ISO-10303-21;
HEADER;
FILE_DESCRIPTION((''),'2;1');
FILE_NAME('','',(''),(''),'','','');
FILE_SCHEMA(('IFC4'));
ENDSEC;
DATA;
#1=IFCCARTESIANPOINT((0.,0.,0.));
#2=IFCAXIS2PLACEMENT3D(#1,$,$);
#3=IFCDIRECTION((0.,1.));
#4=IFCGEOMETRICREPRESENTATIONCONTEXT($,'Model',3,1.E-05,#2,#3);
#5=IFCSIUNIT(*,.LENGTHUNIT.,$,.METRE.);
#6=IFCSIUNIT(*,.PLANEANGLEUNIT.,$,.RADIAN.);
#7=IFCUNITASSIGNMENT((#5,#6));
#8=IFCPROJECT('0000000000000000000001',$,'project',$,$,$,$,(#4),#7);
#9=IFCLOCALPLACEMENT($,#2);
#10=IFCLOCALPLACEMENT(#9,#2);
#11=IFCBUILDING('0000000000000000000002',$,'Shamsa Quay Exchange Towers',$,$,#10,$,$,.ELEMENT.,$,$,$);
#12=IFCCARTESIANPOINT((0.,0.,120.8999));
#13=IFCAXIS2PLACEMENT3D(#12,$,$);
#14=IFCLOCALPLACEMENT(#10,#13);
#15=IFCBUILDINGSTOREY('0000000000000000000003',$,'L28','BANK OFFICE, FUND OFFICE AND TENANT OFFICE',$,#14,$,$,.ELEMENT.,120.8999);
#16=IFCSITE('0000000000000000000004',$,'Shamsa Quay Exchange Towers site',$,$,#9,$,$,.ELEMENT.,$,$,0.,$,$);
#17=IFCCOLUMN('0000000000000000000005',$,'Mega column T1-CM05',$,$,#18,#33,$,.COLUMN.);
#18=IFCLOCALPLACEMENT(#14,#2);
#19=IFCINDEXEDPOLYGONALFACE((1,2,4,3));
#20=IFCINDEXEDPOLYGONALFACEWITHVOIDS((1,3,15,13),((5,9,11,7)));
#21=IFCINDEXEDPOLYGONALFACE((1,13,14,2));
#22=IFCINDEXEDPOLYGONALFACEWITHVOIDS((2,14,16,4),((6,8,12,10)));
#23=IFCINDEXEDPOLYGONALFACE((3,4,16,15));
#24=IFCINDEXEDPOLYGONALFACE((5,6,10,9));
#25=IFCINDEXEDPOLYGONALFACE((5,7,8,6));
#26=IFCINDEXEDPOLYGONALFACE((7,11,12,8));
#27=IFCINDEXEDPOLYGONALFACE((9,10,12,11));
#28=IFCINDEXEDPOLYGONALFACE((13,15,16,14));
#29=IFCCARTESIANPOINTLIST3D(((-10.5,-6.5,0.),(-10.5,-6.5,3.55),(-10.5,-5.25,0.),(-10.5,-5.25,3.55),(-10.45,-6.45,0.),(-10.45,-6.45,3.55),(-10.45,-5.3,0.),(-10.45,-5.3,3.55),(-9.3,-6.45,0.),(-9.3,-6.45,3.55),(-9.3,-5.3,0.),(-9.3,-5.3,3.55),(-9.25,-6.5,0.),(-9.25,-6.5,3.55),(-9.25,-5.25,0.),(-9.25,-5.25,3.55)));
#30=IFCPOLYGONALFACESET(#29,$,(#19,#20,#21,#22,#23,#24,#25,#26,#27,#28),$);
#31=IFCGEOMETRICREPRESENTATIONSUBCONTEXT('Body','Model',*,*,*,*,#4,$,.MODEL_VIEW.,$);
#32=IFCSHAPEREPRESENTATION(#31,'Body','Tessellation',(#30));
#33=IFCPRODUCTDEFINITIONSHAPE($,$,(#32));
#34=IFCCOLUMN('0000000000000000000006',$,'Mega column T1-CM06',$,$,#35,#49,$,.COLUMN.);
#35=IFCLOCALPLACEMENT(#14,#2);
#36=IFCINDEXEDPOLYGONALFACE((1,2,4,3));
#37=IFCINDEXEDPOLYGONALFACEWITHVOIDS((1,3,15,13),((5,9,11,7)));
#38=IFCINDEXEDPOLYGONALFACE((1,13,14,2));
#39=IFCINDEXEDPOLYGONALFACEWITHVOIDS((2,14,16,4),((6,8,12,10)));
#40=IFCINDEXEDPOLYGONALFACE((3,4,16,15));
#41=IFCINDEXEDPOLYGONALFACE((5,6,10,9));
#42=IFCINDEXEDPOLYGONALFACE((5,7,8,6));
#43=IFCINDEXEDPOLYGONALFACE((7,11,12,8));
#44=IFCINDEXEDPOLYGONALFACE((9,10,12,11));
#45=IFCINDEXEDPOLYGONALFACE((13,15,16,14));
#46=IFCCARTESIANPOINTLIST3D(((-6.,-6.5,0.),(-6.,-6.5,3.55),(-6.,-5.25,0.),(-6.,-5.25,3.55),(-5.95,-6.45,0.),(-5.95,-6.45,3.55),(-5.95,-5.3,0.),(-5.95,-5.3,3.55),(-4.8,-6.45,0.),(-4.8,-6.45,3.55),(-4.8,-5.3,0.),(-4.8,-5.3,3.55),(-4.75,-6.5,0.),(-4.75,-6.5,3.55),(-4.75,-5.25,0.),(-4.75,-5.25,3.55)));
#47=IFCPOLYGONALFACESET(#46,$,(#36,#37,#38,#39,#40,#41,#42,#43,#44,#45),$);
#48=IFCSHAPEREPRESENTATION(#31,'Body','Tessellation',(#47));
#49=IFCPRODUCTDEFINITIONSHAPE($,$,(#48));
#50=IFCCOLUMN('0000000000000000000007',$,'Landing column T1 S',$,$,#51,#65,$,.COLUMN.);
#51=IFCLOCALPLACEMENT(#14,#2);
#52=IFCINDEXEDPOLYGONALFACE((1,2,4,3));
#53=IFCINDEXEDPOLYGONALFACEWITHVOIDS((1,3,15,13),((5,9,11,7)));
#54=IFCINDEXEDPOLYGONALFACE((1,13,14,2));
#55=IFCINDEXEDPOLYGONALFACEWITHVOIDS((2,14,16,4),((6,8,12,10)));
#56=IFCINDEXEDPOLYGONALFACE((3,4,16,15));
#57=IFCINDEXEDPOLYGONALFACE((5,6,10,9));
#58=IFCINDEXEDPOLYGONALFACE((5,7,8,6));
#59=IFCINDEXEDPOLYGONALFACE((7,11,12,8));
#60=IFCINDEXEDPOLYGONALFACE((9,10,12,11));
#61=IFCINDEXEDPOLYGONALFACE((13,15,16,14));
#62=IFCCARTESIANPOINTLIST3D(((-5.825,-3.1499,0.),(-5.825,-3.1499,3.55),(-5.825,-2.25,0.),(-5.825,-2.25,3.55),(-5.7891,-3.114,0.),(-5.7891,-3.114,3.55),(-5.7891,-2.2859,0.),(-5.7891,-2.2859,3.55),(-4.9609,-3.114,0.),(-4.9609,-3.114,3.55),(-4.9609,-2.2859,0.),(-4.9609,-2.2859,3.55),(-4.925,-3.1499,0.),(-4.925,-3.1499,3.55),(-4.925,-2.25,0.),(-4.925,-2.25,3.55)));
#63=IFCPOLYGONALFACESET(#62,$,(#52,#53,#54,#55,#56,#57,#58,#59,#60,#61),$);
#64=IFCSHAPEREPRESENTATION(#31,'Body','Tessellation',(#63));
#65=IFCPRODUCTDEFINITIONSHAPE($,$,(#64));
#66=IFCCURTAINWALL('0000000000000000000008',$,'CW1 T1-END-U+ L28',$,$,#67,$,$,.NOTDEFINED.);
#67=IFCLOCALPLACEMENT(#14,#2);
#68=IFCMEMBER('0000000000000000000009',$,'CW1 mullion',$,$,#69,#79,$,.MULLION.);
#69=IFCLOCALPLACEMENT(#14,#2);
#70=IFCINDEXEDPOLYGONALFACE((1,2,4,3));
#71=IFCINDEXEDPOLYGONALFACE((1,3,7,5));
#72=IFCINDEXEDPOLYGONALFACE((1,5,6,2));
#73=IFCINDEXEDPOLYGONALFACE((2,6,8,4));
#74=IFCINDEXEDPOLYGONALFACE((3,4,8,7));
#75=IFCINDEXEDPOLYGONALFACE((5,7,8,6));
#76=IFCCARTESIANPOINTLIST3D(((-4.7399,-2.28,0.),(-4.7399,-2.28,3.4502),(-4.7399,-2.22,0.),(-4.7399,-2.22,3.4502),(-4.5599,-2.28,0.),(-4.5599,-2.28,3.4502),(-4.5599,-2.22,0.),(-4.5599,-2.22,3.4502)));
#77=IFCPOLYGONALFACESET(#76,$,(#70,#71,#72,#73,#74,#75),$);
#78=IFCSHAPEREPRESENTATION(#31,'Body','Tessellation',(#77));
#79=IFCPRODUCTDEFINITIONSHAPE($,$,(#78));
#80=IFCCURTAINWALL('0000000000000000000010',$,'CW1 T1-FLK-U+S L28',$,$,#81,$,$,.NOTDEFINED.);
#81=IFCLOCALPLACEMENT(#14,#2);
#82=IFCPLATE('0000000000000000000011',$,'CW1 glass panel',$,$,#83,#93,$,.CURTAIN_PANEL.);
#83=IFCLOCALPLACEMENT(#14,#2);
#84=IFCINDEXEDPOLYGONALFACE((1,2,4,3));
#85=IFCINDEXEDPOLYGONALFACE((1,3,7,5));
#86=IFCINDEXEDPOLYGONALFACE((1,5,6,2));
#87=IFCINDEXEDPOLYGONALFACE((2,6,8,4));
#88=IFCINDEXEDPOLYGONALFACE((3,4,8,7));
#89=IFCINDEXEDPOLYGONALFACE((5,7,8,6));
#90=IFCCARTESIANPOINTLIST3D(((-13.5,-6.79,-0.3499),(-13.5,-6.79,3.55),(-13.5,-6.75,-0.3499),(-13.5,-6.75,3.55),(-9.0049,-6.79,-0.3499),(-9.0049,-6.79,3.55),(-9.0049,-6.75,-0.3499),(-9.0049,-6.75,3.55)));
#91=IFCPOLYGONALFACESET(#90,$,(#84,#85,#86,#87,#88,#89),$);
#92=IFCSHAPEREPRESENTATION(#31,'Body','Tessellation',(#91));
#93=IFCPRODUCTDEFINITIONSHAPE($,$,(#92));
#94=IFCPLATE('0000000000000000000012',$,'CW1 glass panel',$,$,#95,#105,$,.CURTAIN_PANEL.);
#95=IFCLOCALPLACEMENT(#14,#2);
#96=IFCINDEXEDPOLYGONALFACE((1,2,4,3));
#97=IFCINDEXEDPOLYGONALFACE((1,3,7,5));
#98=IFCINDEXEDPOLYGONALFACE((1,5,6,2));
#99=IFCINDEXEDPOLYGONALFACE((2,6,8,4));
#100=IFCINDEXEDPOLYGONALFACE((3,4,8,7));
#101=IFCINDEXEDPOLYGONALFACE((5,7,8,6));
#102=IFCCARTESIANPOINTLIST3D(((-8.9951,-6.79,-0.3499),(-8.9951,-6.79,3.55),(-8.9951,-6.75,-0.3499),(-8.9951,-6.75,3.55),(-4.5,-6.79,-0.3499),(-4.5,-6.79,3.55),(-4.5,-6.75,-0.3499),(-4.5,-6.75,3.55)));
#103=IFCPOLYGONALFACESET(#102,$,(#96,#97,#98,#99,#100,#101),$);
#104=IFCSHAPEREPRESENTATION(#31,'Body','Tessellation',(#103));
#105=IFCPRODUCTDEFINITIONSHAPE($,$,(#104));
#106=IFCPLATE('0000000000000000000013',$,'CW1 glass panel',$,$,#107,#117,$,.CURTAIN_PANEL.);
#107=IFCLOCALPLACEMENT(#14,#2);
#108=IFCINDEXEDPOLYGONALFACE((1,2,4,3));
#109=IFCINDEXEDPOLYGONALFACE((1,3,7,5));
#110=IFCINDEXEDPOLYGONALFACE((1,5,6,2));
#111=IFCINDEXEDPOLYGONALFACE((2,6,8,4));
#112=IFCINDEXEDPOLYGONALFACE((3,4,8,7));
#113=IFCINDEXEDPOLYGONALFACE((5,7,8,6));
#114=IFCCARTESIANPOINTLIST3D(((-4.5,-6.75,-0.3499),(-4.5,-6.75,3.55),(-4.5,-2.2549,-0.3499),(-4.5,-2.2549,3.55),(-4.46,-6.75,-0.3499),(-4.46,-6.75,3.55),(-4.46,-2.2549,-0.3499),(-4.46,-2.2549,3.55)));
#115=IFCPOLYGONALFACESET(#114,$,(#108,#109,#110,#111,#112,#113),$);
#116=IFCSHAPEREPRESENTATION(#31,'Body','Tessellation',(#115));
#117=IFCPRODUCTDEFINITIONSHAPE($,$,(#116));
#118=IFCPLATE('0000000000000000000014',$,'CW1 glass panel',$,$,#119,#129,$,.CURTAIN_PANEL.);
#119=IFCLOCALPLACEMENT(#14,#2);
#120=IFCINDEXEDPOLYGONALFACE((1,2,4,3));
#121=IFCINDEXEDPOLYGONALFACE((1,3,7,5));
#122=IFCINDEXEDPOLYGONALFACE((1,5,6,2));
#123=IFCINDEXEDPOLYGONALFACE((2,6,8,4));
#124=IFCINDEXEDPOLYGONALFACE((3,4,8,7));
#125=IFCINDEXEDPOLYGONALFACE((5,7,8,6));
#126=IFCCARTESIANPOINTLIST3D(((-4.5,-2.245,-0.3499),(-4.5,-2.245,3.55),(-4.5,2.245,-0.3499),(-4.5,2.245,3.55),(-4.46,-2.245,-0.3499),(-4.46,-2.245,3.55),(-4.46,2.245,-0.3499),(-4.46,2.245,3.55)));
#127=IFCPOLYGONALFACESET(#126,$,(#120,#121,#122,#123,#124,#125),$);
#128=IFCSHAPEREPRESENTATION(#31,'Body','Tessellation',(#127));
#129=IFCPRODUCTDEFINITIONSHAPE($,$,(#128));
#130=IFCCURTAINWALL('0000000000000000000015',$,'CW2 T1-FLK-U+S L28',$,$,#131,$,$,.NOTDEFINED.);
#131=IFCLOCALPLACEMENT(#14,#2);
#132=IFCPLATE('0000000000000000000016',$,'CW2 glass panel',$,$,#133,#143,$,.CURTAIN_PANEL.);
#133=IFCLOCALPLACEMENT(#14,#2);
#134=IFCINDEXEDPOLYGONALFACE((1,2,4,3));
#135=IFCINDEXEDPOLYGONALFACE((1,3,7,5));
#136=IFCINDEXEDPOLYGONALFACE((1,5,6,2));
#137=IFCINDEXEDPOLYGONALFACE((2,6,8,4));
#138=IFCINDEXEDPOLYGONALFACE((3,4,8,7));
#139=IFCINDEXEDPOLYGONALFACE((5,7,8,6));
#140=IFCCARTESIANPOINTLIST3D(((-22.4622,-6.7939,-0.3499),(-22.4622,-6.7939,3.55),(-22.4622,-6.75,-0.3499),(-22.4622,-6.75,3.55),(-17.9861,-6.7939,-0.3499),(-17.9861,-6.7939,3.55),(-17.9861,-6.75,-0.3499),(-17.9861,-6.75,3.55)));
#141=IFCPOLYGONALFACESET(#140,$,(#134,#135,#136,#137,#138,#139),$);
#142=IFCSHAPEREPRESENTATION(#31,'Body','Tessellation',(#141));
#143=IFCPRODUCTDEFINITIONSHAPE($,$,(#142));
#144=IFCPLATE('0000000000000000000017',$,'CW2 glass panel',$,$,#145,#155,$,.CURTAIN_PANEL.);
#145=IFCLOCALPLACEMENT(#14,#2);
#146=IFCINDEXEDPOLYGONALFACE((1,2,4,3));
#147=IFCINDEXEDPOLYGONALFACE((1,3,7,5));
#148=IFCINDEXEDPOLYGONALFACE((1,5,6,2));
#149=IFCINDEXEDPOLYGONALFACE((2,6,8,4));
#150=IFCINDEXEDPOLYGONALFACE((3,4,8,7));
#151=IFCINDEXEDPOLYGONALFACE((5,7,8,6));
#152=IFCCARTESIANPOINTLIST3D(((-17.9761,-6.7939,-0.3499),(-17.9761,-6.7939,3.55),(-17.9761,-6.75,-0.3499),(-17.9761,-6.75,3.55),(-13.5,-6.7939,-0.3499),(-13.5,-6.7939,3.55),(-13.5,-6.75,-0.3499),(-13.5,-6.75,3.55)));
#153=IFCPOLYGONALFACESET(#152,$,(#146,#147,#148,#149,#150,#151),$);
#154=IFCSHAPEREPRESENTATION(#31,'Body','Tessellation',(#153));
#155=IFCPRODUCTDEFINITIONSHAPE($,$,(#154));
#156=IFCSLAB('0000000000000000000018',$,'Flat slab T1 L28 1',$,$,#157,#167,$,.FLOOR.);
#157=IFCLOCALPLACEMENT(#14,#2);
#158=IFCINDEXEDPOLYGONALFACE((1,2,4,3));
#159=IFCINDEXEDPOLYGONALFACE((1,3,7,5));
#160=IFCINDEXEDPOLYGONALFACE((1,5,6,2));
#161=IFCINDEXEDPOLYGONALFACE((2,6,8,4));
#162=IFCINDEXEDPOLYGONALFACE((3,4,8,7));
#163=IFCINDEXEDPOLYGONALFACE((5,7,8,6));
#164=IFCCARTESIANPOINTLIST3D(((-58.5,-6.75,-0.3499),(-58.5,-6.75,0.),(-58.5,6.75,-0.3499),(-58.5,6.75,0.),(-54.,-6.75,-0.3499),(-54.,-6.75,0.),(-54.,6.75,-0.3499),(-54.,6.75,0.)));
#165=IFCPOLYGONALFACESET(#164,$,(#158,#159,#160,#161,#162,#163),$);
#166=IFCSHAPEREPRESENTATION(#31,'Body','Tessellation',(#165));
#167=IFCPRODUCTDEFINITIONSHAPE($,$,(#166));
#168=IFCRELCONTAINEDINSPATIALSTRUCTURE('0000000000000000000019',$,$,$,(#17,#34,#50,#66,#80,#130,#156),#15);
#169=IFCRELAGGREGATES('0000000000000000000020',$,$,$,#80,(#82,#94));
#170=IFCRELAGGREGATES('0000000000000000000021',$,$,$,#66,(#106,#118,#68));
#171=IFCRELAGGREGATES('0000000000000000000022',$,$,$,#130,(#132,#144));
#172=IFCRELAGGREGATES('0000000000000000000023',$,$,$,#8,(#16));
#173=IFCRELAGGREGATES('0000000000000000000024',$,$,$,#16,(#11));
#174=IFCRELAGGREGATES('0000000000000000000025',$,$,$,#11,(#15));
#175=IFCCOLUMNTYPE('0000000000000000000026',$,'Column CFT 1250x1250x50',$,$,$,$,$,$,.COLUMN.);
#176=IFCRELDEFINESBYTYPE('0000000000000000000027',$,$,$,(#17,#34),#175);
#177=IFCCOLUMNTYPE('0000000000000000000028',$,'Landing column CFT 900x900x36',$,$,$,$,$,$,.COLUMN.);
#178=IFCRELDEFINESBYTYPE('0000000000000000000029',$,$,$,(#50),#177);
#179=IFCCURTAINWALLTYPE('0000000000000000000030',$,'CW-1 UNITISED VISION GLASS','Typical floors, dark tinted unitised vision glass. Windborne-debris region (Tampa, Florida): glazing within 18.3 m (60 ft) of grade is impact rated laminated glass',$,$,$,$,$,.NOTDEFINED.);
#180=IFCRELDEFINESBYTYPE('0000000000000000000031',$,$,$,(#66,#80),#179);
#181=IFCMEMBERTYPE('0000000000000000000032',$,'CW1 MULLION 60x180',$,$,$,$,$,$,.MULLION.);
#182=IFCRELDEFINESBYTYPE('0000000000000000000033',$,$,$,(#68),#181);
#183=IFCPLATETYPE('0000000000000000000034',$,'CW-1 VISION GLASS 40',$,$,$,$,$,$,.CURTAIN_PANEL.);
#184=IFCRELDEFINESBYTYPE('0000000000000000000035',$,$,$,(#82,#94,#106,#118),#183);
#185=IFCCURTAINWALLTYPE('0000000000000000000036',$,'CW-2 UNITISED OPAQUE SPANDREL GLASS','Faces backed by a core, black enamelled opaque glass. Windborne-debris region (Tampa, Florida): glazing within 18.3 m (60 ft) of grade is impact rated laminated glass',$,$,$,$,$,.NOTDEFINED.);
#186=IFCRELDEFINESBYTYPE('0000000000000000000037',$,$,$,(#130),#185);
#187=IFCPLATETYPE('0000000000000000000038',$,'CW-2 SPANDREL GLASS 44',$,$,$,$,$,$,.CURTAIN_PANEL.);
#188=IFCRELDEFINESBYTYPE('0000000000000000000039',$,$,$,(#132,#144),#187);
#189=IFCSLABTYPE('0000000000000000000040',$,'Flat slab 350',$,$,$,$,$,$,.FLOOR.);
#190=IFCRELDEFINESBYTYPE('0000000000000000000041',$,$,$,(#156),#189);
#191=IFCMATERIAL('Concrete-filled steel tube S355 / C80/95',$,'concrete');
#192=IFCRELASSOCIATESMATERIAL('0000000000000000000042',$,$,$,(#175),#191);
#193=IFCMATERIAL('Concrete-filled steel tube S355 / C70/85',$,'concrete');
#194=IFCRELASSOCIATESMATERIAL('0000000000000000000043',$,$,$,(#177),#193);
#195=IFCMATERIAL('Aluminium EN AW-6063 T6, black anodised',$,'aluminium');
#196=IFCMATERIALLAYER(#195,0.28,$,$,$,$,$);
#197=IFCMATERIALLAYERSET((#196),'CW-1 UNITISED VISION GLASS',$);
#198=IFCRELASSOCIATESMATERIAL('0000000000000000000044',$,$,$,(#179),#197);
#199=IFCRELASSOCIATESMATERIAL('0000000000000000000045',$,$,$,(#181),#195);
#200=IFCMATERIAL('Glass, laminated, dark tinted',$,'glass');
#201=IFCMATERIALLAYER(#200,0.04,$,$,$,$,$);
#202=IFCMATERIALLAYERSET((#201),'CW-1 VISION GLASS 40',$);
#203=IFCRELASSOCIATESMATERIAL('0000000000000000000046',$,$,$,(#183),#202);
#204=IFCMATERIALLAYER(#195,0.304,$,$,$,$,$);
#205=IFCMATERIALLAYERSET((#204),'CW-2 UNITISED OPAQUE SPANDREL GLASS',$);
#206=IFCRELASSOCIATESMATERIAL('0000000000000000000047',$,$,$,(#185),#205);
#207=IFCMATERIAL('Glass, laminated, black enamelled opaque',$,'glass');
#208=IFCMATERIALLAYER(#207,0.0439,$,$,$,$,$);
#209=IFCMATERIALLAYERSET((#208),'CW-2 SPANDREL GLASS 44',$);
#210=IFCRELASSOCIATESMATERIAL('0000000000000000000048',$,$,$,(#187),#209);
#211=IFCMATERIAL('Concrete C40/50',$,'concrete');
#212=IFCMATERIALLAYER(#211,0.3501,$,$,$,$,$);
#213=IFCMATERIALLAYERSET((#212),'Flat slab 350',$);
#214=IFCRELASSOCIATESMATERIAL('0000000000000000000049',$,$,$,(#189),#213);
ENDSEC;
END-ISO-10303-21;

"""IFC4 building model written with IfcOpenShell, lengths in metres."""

from ifc_helpers import new_model, si_unit, direction, frame, origin, origin_2d, place, context, subcontext, project, spatial, polyline, rectangle, hollow_rectangle, outline, extrude, material, layer, layer_set, material_profile, profile_set, type_object, element, aggregate, save


model = new_model("IFC4")

# Units and contexts
model_context = context("Model", 3, precision=1e-05, world=origin(), true_north=direction((0.0, 1.0)))
body_context = subcontext(model_context, "Body", "Model", "MODEL_VIEW")
ifc_project = project(units=[si_unit("LENGTHUNIT", "METRE"), si_unit("PLANEANGLEUNIT", "RADIAN")], contexts=[model_context])

# Site, building, storey
site_placement = place(None, origin())
site = spatial("IfcSite", under=ifc_project, at=site_placement, Name="Shamsa Quay Exchange Towers site", CompositionType="ELEMENT", RefElevation=0.0)
building_placement = place(site_placement, origin())
building = spatial("IfcBuilding", under=site, at=building_placement, Name="Shamsa Quay Exchange Towers", CompositionType="ELEMENT")
storey_placement = place(building_placement, frame((0.0, 0.0, 120.8999)))
storey = spatial("IfcBuildingStorey", under=building, at=storey_placement, Name="L28", Description="BANK OFFICE, FUND OFFICE AND TENANT OFFICE", CompositionType="ELEMENT", Elevation=120.8999)

# Columns
ifc_material_1 = material(Name="Concrete-filled steel tube S355 / C80/95", Category="concrete")
ifc_material_profile_1 = material_profile(ifc_material_1, hollow_rectangle(XDim=1.25, YDim=1.25, WallThickness=0.05, at=origin_2d()), Name="CFT 1250x1250x50")
ifc_profile_set_1 = profile_set([ifc_material_profile_1], Name="Concrete-filled steel tube S355 / C80/95")
column_type_1 = type_object("IfcColumnType", Name="Column CFT 1250x1250x50", PredefinedType="COLUMN", material=ifc_profile_set_1)
for number, where, name in (
    (1, (-9.875, -5.875, 0.0), "Mega column T1-CM05"),
    (2, (-5.375, -5.875, 0.0), "Mega column T1-CM06"),
):
    element("IfcColumn", number, at=place(storey_placement, frame(where)), inside=storey, type_object=column_type_1, Name=name, PredefinedType="COLUMN", context=body_context, shape_type="SweptSolid", body=[
        extrude(hollow_rectangle(XDim=1.25, YDim=1.25, WallThickness=0.05, at=origin_2d()), origin(), (0.0, 0.0, 1.0), 3.55),
    ])
ifc_material_2 = material(Name="Concrete-filled steel tube S355 / C70/85", Category="concrete")
ifc_material_profile_2 = material_profile(ifc_material_2, hollow_rectangle(XDim=0.8999, YDim=0.8999, WallThickness=0.0359, at=origin_2d()), Name="CFT 900x900x36")
ifc_profile_set_2 = profile_set([ifc_material_profile_2], Name="Concrete-filled steel tube S355 / C70/85")
column_type_2 = type_object("IfcColumnType", Name="Landing column CFT 900x900x36", PredefinedType="COLUMN", material=ifc_profile_set_2)
column_placement = place(storey_placement, frame((-5.375, -2.7, 0.0)))
element("IfcColumn", 3, at=column_placement, inside=storey, type_object=column_type_2, Name="Landing column T1 S", PredefinedType="COLUMN", context=body_context, shape_type="SweptSolid", body=[
    extrude(hollow_rectangle(XDim=0.8999, YDim=0.8999, WallThickness=0.0359, at=origin_2d()), origin(), (0.0, 0.0, 1.0), 3.55),
])

# Curtain wall, member
ifc_material_3 = material(Name="Aluminium EN AW-6063 T6, black anodised", Category="aluminium")
ifc_layer_1 = layer(ifc_material_3, 0.28)
ifc_layer_set_1 = layer_set([ifc_layer_1], Name="CW-1 UNITISED VISION GLASS")
curtain_wall_type_1 = type_object("IfcCurtainWallType", Name="CW-1 UNITISED VISION GLASS", Description="Typical floors, dark tinted unitised vision glass. Windborne-debris region (Tampa, Florida): glazing within 18.3 m (60 ft) of grade is impact rated laminated glass", PredefinedType="NOTDEFINED", material=ifc_layer_set_1)
curtain_wall_1_placement = place(storey_placement, origin())
curtain_wall_1 = element("IfcCurtainWall", 4, at=curtain_wall_1_placement, inside=storey, type_object=curtain_wall_type_1, Name="CW1 T1-END-U+ L28", PredefinedType="NOTDEFINED")
ifc_material_profile_3 = material_profile(ifc_material_3, rectangle(XDim=0.1799, YDim=0.0601, at=origin_2d()), Name="MU60x180")
ifc_profile_set_3 = profile_set([ifc_material_profile_3], Name="Aluminium EN AW-6063 T6, black anodised")
member_type = type_object("IfcMemberType", Name="CW1 MULLION 60x180", PredefinedType="MULLION", material=ifc_profile_set_3)
member_placement = place(storey_placement, frame((-4.6499, -2.25, 0.0), z_axis=(0.0, 0.0, 1.0), x_axis=(-1.0, 0.0, 0.0)))
member = element("IfcMember", 5, at=member_placement, type_object=member_type, Name="CW1 mullion", PredefinedType="MULLION", context=body_context, shape_type="SweptSolid", body=[
    extrude(rectangle(XDim=0.1799, YDim=0.0601, at=origin_2d()), origin(), (0.0, 0.0, 1.0), 3.4502),
])

# Curtain wall, plates
curtain_wall_2_placement = place(storey_placement, origin())
curtain_wall_2 = element("IfcCurtainWall", 6, at=curtain_wall_2_placement, inside=storey, type_object=curtain_wall_type_1, Name="CW1 T1-FLK-U+S L28", PredefinedType="NOTDEFINED")
ifc_material_4 = material(Name="Glass, laminated, dark tinted", Category="glass")
ifc_layer_2 = layer(ifc_material_4, 0.04)
ifc_layer_set_2 = layer_set([ifc_layer_2], Name="CW-1 VISION GLASS 40")
plate_type_1 = type_object("IfcPlateType", Name="CW-1 VISION GLASS 40", PredefinedType="CURTAIN_PANEL", material=ifc_layer_set_2)
plate_1_placement = place(storey_placement, frame((-11.2524, -6.77, -0.3499)))
plate_1 = element("IfcPlate", 7, at=plate_1_placement, type_object=plate_type_1, Name="CW1 glass panel", PredefinedType="CURTAIN_PANEL", context=body_context, shape_type="SweptSolid", body=[
    extrude(rectangle(XDim=4.4951, YDim=0.04, at=origin_2d()), origin(), (0.0, 0.0, 1.0), 3.8999),
])
plate_2_placement = place(storey_placement, frame((-6.7476, -6.77, -0.3499)))
plate_2 = element("IfcPlate", 8, at=plate_2_placement, type_object=plate_type_1, Name="CW1 glass panel", PredefinedType="CURTAIN_PANEL", context=body_context, shape_type="SweptSolid", body=[
    extrude(rectangle(XDim=4.4951, YDim=0.04, at=origin_2d()), origin(), (0.0, 0.0, 1.0), 3.8999),
])
aggregate(curtain_wall_2, [plate_1, plate_2])

# Plates
plate_3_placement = place(storey_placement, frame((-4.48, -4.5024, -0.3499), z_axis=(0.0, 0.0, 1.0), x_axis=(0.0, 1.0, 0.0)))
plate_3 = element("IfcPlate", 9, at=plate_3_placement, type_object=plate_type_1, Name="CW1 glass panel", PredefinedType="CURTAIN_PANEL", context=body_context, shape_type="SweptSolid", body=[
    extrude(rectangle(XDim=4.4951, YDim=0.04, at=origin_2d()), origin(), (0.0, 0.0, 1.0), 3.8999),
])
plate_4_placement = place(storey_placement, frame((-4.48, 0.0, -0.3499), z_axis=(0.0, 0.0, 1.0), x_axis=(0.0, 1.0, 0.0)))
plate_4 = element("IfcPlate", 10, at=plate_4_placement, type_object=plate_type_1, Name="CW1 glass panel", PredefinedType="CURTAIN_PANEL", context=body_context, shape_type="SweptSolid", body=[
    extrude(rectangle(XDim=4.49, YDim=0.04, at=origin_2d()), origin(), (0.0, 0.0, 1.0), 3.8999),
])
aggregate(curtain_wall_1, [plate_3, plate_4, member])

# Curtain wall, plates
ifc_layer_3 = layer(ifc_material_3, 0.304)
ifc_layer_set_3 = layer_set([ifc_layer_3], Name="CW-2 UNITISED OPAQUE SPANDREL GLASS")
curtain_wall_type_2 = type_object("IfcCurtainWallType", Name="CW-2 UNITISED OPAQUE SPANDREL GLASS", Description="Faces backed by a core, black enamelled opaque glass. Windborne-debris region (Tampa, Florida): glazing within 18.3 m (60 ft) of grade is impact rated laminated glass", PredefinedType="NOTDEFINED", material=ifc_layer_set_3)
curtain_wall_3_placement = place(storey_placement, origin())
curtain_wall_3 = element("IfcCurtainWall", 11, at=curtain_wall_3_placement, inside=storey, type_object=curtain_wall_type_2, Name="CW2 T1-FLK-U+S L28", PredefinedType="NOTDEFINED")
ifc_material_5 = material(Name="Glass, laminated, black enamelled opaque", Category="glass")
ifc_layer_4 = layer(ifc_material_5, 0.0439)
ifc_layer_set_4 = layer_set([ifc_layer_4], Name="CW-2 SPANDREL GLASS 44")
plate_type_2 = type_object("IfcPlateType", Name="CW-2 SPANDREL GLASS 44", PredefinedType="CURTAIN_PANEL", material=ifc_layer_set_4)
plate_5_placement = place(storey_placement, frame((-20.2241, -6.772, -0.3499)))
plate_5 = element("IfcPlate", 12, at=plate_5_placement, type_object=plate_type_2, Name="CW2 glass panel", PredefinedType="CURTAIN_PANEL", context=body_context, shape_type="SweptSolid", body=[
    extrude(rectangle(XDim=4.4761, YDim=0.0439, at=origin_2d()), origin(), (0.0, 0.0, 1.0), 3.8999),
])
plate_6_placement = place(storey_placement, frame((-15.738, -6.772, -0.3499)))
plate_6 = element("IfcPlate", 13, at=plate_6_placement, type_object=plate_type_2, Name="CW2 glass panel", PredefinedType="CURTAIN_PANEL", context=body_context, shape_type="SweptSolid", body=[
    extrude(rectangle(XDim=4.4761, YDim=0.0439, at=origin_2d()), origin(), (0.0, 0.0, 1.0), 3.8999),
])
aggregate(curtain_wall_3, [plate_5, plate_6])

# Slab
ifc_material_6 = material(Name="Concrete C40/50", Category="concrete")
ifc_layer_5 = layer(ifc_material_6, 0.3501)
ifc_layer_set_5 = layer_set([ifc_layer_5], Name="Flat slab 350")
slab_type = type_object("IfcSlabType", Name="Flat slab 350", PredefinedType="FLOOR", material=ifc_layer_set_5)
slab_1_placement = place(storey_placement, frame((0.0, 0.0, -0.3499)))
element("IfcSlab", 14, at=slab_1_placement, inside=storey, type_object=slab_type, Name="Flat slab T1 L28 1", PredefinedType="FLOOR", context=body_context, shape_type="SweptSolid", body=[
    extrude(outline(polyline([(-58.5, -6.75), (-54.0, -6.75), (-54.0, 6.75), (-58.5, 6.75), (-58.5, -6.75)])), origin(), (0.0, 0.0, 1.0), 0.3499),
])

save(model, "model.ifc")
